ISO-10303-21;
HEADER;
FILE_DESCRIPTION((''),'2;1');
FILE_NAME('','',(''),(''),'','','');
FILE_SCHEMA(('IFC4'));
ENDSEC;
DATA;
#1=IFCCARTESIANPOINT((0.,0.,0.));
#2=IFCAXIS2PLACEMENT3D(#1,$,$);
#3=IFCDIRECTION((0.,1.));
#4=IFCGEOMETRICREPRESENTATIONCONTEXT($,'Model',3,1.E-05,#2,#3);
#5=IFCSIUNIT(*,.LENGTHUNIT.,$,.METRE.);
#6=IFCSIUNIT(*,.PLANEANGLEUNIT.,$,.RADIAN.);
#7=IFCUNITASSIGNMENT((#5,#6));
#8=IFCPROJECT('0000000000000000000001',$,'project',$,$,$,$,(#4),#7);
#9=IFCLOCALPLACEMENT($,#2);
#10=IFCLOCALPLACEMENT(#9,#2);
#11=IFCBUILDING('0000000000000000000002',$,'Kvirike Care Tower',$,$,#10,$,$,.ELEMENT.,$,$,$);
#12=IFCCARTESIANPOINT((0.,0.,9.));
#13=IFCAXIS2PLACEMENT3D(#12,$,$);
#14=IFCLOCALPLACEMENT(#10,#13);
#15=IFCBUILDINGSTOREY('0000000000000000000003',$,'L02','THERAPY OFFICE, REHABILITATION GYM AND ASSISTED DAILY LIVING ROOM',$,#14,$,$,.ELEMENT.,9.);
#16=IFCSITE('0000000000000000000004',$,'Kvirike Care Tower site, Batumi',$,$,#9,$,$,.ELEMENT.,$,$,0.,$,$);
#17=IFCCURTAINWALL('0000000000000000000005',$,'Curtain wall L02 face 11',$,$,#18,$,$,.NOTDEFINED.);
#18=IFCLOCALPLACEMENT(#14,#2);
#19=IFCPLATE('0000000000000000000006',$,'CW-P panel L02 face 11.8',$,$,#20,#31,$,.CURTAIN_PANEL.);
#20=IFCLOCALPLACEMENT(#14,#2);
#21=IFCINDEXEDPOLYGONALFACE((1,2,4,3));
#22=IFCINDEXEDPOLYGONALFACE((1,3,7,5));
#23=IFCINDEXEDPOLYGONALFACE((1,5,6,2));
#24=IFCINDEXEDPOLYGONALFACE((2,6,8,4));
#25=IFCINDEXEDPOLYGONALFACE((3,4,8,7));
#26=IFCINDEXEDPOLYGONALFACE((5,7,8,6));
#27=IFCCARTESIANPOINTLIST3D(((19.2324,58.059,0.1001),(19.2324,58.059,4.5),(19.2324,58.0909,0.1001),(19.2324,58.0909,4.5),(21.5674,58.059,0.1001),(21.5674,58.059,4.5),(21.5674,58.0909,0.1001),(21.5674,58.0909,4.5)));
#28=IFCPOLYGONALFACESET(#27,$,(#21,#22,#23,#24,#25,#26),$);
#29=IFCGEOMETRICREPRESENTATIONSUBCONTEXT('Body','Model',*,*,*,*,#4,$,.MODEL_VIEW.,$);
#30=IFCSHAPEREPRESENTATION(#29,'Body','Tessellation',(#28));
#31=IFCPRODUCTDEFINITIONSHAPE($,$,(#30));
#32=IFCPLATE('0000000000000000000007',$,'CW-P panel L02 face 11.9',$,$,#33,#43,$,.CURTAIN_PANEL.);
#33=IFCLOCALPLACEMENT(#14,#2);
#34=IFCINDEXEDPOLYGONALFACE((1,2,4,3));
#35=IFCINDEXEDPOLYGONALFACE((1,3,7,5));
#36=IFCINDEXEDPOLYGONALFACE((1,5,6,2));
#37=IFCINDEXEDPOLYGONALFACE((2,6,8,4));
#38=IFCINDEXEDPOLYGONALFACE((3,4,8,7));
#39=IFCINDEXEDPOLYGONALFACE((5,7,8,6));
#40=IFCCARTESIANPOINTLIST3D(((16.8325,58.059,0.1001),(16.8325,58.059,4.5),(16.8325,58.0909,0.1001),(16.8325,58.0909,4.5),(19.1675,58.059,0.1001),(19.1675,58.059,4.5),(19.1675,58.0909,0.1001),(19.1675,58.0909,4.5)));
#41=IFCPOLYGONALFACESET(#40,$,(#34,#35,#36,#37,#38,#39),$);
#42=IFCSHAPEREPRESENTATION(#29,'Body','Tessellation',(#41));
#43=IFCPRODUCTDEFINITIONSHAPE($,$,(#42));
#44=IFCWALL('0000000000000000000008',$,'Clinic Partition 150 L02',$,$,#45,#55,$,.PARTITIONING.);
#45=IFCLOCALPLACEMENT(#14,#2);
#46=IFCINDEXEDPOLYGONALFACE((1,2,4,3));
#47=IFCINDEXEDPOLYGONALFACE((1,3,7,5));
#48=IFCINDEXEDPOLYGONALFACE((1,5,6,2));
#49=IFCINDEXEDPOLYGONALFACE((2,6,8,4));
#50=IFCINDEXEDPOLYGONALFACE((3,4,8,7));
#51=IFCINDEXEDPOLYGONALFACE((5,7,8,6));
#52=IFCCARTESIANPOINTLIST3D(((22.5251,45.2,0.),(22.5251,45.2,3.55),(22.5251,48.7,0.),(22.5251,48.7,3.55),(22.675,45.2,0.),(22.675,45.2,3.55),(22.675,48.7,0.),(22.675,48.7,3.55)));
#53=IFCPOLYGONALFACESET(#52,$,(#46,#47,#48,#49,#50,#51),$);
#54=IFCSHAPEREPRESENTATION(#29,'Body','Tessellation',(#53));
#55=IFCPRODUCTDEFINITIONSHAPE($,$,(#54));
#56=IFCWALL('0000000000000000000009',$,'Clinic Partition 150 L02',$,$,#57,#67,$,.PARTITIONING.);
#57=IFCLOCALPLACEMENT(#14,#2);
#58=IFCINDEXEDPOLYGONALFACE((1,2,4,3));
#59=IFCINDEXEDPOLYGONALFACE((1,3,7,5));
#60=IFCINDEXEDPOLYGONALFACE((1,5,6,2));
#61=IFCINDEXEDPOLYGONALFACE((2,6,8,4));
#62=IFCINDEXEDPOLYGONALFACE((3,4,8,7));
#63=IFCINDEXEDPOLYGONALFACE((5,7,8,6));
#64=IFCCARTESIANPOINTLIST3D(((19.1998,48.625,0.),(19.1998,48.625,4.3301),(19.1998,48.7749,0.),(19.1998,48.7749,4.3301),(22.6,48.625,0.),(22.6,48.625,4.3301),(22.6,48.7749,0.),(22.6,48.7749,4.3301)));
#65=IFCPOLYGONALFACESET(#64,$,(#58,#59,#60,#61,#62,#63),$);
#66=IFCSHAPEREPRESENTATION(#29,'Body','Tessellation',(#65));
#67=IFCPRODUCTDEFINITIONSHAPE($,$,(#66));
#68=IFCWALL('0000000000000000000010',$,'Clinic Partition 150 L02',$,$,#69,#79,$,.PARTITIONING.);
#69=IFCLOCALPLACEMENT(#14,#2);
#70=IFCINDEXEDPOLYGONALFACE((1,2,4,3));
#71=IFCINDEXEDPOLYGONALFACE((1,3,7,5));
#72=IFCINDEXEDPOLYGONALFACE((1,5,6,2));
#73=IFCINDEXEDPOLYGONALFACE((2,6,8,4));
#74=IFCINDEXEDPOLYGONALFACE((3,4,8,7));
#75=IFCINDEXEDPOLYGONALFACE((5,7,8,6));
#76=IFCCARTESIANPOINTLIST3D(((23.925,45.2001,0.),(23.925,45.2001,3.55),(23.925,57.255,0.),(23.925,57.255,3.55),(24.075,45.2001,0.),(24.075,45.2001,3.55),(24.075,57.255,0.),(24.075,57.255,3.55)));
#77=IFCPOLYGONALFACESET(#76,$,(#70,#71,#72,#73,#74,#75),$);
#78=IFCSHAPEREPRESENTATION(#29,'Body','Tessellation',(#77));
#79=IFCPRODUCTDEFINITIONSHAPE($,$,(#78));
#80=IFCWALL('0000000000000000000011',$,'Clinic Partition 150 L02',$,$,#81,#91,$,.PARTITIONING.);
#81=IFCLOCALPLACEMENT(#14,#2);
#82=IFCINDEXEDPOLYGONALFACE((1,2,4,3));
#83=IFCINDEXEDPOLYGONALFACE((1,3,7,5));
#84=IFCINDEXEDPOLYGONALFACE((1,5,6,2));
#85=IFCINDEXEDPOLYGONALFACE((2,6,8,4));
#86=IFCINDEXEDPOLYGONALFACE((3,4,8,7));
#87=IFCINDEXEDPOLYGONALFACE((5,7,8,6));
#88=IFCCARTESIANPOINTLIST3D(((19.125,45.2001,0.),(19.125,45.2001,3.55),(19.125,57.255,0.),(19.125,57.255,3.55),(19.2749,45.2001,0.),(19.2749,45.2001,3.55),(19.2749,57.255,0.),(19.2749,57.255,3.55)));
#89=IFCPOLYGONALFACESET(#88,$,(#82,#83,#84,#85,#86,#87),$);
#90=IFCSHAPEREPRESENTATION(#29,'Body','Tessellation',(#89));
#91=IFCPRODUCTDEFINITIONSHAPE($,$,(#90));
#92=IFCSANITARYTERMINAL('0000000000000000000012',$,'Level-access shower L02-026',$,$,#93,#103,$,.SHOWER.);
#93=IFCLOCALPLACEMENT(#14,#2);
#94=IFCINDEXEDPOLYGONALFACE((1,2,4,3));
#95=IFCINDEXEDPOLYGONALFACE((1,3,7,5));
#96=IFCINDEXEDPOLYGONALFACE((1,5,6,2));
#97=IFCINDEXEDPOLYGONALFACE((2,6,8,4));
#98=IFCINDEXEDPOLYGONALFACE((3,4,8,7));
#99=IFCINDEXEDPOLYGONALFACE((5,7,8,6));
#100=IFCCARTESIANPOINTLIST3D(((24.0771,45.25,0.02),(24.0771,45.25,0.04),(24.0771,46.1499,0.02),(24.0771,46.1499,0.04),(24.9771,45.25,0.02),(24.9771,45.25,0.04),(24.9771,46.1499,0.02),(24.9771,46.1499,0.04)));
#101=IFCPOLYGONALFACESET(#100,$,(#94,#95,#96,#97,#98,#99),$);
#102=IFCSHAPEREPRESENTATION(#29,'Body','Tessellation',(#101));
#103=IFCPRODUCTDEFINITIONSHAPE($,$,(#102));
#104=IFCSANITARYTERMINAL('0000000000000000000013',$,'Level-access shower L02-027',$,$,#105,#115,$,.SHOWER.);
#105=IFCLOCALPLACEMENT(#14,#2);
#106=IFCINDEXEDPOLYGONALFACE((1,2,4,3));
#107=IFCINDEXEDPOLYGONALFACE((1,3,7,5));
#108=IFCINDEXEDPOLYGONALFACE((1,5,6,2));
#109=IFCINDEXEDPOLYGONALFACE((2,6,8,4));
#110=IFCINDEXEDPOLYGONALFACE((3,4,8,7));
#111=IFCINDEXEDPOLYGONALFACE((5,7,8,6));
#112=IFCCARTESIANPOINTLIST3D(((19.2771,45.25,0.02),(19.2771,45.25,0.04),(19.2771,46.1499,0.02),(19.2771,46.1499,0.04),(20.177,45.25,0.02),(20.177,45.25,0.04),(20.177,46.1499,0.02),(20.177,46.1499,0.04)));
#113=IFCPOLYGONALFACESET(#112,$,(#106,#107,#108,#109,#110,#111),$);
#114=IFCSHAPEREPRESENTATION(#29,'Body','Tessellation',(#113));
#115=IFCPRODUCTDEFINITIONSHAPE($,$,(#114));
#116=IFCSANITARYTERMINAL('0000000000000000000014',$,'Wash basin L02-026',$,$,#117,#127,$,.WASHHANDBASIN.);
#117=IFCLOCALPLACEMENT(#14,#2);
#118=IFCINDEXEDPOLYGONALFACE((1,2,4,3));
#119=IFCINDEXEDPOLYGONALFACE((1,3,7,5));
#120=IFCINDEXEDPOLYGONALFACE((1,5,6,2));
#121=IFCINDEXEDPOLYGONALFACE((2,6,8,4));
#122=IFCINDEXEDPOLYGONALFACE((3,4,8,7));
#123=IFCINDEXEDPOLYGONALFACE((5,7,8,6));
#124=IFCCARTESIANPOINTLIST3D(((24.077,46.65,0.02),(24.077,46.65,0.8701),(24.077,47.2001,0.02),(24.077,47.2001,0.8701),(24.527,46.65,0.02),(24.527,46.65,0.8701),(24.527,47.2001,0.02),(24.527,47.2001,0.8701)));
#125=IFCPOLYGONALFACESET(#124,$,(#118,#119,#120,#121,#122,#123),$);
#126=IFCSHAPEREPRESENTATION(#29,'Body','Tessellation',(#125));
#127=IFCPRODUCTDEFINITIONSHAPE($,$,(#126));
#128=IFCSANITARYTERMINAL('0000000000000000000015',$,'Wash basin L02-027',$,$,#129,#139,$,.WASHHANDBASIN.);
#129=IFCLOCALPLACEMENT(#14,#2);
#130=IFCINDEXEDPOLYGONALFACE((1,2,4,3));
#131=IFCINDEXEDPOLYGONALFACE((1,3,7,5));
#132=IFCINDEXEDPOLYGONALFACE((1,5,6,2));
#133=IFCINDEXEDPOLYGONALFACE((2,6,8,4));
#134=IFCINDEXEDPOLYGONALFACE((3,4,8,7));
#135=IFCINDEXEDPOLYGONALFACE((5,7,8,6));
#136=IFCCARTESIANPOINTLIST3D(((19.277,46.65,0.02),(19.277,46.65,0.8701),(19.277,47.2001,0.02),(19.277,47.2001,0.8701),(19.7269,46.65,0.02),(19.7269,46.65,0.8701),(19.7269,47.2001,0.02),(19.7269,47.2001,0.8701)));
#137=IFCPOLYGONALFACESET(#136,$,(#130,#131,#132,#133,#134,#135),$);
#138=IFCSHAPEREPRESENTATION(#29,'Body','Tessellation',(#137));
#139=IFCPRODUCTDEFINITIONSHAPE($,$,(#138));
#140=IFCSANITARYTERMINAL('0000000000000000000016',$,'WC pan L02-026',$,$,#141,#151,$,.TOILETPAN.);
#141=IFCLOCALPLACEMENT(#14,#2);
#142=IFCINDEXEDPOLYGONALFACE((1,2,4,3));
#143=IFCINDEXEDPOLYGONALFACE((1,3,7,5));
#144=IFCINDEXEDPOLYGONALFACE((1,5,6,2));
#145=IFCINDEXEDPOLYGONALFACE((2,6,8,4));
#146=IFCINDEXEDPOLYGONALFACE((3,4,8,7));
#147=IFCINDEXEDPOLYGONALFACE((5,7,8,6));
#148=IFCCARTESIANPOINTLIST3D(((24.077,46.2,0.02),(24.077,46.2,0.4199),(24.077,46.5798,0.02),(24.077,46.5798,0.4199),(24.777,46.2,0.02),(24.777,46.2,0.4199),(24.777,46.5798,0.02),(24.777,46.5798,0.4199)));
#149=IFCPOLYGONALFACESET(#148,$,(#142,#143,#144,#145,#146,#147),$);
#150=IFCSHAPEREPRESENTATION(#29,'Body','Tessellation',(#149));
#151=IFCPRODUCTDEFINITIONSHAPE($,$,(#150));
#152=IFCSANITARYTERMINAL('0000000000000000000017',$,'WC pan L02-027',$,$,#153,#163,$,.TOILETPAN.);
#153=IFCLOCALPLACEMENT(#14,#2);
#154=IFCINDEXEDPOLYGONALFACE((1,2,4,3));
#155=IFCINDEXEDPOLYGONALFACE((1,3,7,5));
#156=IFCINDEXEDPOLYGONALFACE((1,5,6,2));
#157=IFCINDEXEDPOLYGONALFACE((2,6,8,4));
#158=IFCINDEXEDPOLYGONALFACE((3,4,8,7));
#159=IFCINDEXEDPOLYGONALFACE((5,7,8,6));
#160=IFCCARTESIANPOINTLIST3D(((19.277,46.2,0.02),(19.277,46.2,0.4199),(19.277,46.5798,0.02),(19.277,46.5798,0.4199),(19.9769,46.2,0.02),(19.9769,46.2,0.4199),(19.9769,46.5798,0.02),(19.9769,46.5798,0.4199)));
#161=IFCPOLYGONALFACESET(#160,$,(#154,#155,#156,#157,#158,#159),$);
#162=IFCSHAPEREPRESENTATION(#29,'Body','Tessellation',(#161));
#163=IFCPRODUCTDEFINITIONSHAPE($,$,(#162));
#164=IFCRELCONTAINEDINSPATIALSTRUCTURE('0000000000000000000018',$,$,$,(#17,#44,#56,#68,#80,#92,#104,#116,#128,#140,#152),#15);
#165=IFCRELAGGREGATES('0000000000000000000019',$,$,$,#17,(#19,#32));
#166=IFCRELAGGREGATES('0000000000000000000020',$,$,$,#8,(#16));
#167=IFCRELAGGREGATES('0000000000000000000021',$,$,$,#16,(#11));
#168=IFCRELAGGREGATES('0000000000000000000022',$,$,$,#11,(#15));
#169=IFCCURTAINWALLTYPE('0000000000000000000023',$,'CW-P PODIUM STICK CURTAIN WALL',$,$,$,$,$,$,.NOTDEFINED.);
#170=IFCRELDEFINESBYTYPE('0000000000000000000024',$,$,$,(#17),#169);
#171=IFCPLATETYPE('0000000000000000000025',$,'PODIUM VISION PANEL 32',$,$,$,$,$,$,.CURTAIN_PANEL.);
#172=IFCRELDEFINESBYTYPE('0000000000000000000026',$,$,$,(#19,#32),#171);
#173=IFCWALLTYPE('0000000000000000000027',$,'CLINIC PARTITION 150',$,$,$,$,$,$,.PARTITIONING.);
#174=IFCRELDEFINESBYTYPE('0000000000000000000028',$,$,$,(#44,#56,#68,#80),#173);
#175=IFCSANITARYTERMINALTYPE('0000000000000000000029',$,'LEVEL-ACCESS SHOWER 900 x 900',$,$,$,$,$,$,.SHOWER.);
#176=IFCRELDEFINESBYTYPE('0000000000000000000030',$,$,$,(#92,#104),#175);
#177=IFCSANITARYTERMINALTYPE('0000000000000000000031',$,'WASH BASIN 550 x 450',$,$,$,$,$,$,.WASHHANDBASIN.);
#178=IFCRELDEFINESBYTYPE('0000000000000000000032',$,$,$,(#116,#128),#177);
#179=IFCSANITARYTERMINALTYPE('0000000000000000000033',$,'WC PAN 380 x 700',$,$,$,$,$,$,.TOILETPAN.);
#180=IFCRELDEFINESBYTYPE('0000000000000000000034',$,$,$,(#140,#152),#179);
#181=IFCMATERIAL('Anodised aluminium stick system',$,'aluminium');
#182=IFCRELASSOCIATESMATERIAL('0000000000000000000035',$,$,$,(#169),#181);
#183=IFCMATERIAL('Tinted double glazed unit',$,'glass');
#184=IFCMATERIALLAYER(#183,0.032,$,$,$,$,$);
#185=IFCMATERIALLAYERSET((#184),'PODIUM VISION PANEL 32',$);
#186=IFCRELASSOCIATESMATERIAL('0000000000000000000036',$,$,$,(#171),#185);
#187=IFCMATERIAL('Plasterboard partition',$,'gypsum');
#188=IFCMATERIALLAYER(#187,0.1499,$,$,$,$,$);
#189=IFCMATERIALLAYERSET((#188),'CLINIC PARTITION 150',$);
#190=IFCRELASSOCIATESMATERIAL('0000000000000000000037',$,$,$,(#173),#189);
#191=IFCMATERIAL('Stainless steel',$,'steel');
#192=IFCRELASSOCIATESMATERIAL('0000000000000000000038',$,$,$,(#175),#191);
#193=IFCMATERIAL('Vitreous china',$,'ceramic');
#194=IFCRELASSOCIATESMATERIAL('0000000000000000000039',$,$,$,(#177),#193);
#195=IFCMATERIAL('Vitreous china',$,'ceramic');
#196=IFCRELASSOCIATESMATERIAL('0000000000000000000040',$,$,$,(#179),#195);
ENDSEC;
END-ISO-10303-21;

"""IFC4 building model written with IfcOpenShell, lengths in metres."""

from ifc_helpers import new_model, si_unit, direction, frame, frame_2d, origin, origin_2d, place, context, subcontext, project, spatial, rectangle, extrude, material, layer, layer_set, type_object, element, aggregate, save


model = new_model("IFC4")

# Units and contexts
model_context = context("Model", 3, precision=1e-05, world=origin(), true_north=direction((0.0, 1.0)))
body_context = subcontext(model_context, "Body", "Model", "MODEL_VIEW")
ifc_project = project(units=[si_unit("LENGTHUNIT", "METRE"), si_unit("PLANEANGLEUNIT", "RADIAN")], contexts=[model_context])

# Site, building, storey
site_placement = place(None, origin())
site = spatial("IfcSite", under=ifc_project, at=site_placement, Name="Kvirike Care Tower site, Batumi", CompositionType="ELEMENT", RefElevation=0.0)
building_placement = place(site_placement, origin())
building = spatial("IfcBuilding", under=site, at=building_placement, Name="Kvirike Care Tower", CompositionType="ELEMENT")
storey_placement = place(building_placement, frame((0.0, 0.0, 9.0)))
storey = spatial("IfcBuildingStorey", under=building, at=storey_placement, Name="L02", Description="THERAPY OFFICE, REHABILITATION GYM AND ASSISTED DAILY LIVING ROOM", CompositionType="ELEMENT", Elevation=9.0)

# Curtain wall
ifc_material_1 = material(Name="Anodised aluminium stick system", Category="aluminium")
curtain_wall_type = type_object("IfcCurtainWallType", Name="CW-P PODIUM STICK CURTAIN WALL", PredefinedType="NOTDEFINED", material=ifc_material_1)
curtain_wall_placement = place(storey_placement, origin())
curtain_wall = element("IfcCurtainWall", 1, at=curtain_wall_placement, inside=storey, type_object=curtain_wall_type, Name="Curtain wall L02 face 11", PredefinedType="NOTDEFINED")

# Plates
ifc_material_2 = material(Name="Tinted double glazed unit", Category="glass")
ifc_layer_1 = layer(ifc_material_2, 0.032)
ifc_layer_set_1 = layer_set([ifc_layer_1], Name="PODIUM VISION PANEL 32")
plate_type = type_object("IfcPlateType", Name="PODIUM VISION PANEL 32", PredefinedType="CURTAIN_PANEL", material=ifc_layer_set_1)
plate_1_placement = place(storey_placement, frame((20.3999, 58.075, 0.1001), z_axis=(0.0, 0.0, 1.0), x_axis=(-1.0, 0.0, 0.0)))
plate_1 = element("IfcPlate", 2, at=plate_1_placement, type_object=plate_type, Name="CW-P panel L02 face 11.8", PredefinedType="CURTAIN_PANEL", context=body_context, shape_type="SweptSolid", body=[
    extrude(rectangle(XDim=2.335, YDim=0.032, at=origin_2d()), origin(), (0.0, 0.0, 1.0), 4.3999),
])
plate_2_placement = place(storey_placement, frame((18.0, 58.075, 0.1001), z_axis=(0.0, 0.0, 1.0), x_axis=(-1.0, 0.0, 0.0)))
plate_2 = element("IfcPlate", 3, at=plate_2_placement, type_object=plate_type, Name="CW-P panel L02 face 11.9", PredefinedType="CURTAIN_PANEL", context=body_context, shape_type="SweptSolid", body=[
    extrude(rectangle(XDim=2.335, YDim=0.032, at=origin_2d()), origin(), (0.0, 0.0, 1.0), 4.3999),
])
aggregate(curtain_wall, [plate_1, plate_2])

# Walls
ifc_material_3 = material(Name="Plasterboard partition", Category="gypsum")
ifc_layer_2 = layer(ifc_material_3, 0.1499)
ifc_layer_set_2 = layer_set([ifc_layer_2], Name="CLINIC PARTITION 150")
wall_type = type_object("IfcWallType", Name="CLINIC PARTITION 150", PredefinedType="PARTITIONING", material=ifc_layer_set_2)
wall_1_placement = place(storey_placement, frame((22.6001, 48.7, 0.0), z_axis=(0.0, 0.0, 1.0), x_axis=(0.0, -1.0, 0.0)))
element("IfcWall", 4, at=wall_1_placement, inside=storey, type_object=wall_type, Name="Clinic Partition 150 L02", PredefinedType="PARTITIONING", context=body_context, shape_type="SweptSolid", body=[
    extrude(rectangle(XDim=3.5, YDim=0.1499, at=frame_2d((1.75, 0.0))), origin(), (0.0, 0.0, 1.0), 3.55),
])
wall_2_placement = place(storey_placement, frame((22.6001, 48.7, 0.0), z_axis=(0.0, 0.0, 1.0), x_axis=(-1.0, 0.0, 0.0)))
element("IfcWall", 5, at=wall_2_placement, inside=storey, type_object=wall_type, Name="Clinic Partition 150 L02", PredefinedType="PARTITIONING", context=body_context, shape_type="SweptSolid", body=[
    extrude(rectangle(XDim=3.4001, YDim=0.1499, at=frame_2d((1.7002, 0.0))), origin(), (0.0, 0.0, 1.0), 4.3301),
])
for number, where, z_axis, x_axis, name in (
    (6, (24.0, 57.2549, 0.0), (0.0, 0.0, 1.0), (0.0, -1.0, 0.0), "Clinic Partition 150 L02"),
    (7, (19.2, 57.2549, 0.0), (0.0, 0.0, 1.0), (0.0, -1.0, 0.0), "Clinic Partition 150 L02"),
):
    element("IfcWall", number, at=place(storey_placement, frame(where, z_axis=z_axis, x_axis=x_axis)), inside=storey, type_object=wall_type, Name=name, PredefinedType="PARTITIONING", context=body_context, shape_type="SweptSolid", body=[
        extrude(rectangle(XDim=12.0549, YDim=0.1499, at=frame_2d((6.0273, 0.0))), origin(), (0.0, 0.0, 1.0), 3.55),
    ])

# Sanitary terminals
ifc_material_4 = material(Name="Stainless steel", Category="steel")
sanitary_terminal_type_1 = type_object("IfcSanitaryTerminalType", Name="LEVEL-ACCESS SHOWER 900 x 900", PredefinedType="SHOWER", material=ifc_material_4)
for number, where, z_axis, x_axis, name in (
    (8, (24.5271, 45.7, 0.02), (0.0, 0.0, 1.0), (0.0, 1.0, 0.0), "Level-access shower L02-026"),
    (9, (19.7271, 45.7, 0.02), (0.0, 0.0, 1.0), (0.0, 1.0, 0.0), "Level-access shower L02-027"),
):
    element("IfcSanitaryTerminal", number, at=place(storey_placement, frame(where, z_axis=z_axis, x_axis=x_axis)), inside=storey, type_object=sanitary_terminal_type_1, Name=name, PredefinedType="SHOWER", context=body_context, shape_type="SweptSolid", body=[
        extrude(rectangle(XDim=0.8999, YDim=0.8999, at=origin_2d()), origin(), (0.0, 0.0, 1.0), 0.02),
    ])
ifc_material_5 = material(Name="Vitreous china", Category="ceramic")
sanitary_terminal_type_2 = type_object("IfcSanitaryTerminalType", Name="WASH BASIN 550 x 450", PredefinedType="WASHHANDBASIN", material=ifc_material_5)
for number, where, z_axis, x_axis, name in (
    (10, (24.302, 46.925, 0.02), (0.0, 0.0, 1.0), (0.0, 1.0, 0.0), "Wash basin L02-026"),
    (11, (19.502, 46.925, 0.02), (0.0, 0.0, 1.0), (0.0, 1.0, 0.0), "Wash basin L02-027"),
):
    element("IfcSanitaryTerminal", number, at=place(storey_placement, frame(where, z_axis=z_axis, x_axis=x_axis)), inside=storey, type_object=sanitary_terminal_type_2, Name=name, PredefinedType="WASHHANDBASIN", context=body_context, shape_type="SweptSolid", body=[
        extrude(rectangle(XDim=0.55, YDim=0.45, at=origin_2d()), origin(), (0.0, 0.0, 1.0), 0.8501),
    ])
ifc_material_6 = material(Name="Vitreous china", Category="ceramic")
sanitary_terminal_type_3 = type_object("IfcSanitaryTerminalType", Name="WC PAN 380 x 700", PredefinedType="TOILETPAN", material=ifc_material_6)
for number, where, z_axis, x_axis, name in (
    (12, (24.427, 46.3899, 0.02), (0.0, 0.0, 1.0), (0.0, 1.0, 0.0), "WC pan L02-026"),
    (13, (19.627, 46.3899, 0.02), (0.0, 0.0, 1.0), (0.0, 1.0, 0.0), "WC pan L02-027"),
):
    element("IfcSanitaryTerminal", number, at=place(storey_placement, frame(where, z_axis=z_axis, x_axis=x_axis)), inside=storey, type_object=sanitary_terminal_type_3, Name=name, PredefinedType="TOILETPAN", context=body_context, shape_type="SweptSolid", body=[
        extrude(rectangle(XDim=0.3799, YDim=0.7, at=origin_2d()), origin(), (0.0, 0.0, 1.0), 0.3999),
    ])

save(model, "model.ifc")
